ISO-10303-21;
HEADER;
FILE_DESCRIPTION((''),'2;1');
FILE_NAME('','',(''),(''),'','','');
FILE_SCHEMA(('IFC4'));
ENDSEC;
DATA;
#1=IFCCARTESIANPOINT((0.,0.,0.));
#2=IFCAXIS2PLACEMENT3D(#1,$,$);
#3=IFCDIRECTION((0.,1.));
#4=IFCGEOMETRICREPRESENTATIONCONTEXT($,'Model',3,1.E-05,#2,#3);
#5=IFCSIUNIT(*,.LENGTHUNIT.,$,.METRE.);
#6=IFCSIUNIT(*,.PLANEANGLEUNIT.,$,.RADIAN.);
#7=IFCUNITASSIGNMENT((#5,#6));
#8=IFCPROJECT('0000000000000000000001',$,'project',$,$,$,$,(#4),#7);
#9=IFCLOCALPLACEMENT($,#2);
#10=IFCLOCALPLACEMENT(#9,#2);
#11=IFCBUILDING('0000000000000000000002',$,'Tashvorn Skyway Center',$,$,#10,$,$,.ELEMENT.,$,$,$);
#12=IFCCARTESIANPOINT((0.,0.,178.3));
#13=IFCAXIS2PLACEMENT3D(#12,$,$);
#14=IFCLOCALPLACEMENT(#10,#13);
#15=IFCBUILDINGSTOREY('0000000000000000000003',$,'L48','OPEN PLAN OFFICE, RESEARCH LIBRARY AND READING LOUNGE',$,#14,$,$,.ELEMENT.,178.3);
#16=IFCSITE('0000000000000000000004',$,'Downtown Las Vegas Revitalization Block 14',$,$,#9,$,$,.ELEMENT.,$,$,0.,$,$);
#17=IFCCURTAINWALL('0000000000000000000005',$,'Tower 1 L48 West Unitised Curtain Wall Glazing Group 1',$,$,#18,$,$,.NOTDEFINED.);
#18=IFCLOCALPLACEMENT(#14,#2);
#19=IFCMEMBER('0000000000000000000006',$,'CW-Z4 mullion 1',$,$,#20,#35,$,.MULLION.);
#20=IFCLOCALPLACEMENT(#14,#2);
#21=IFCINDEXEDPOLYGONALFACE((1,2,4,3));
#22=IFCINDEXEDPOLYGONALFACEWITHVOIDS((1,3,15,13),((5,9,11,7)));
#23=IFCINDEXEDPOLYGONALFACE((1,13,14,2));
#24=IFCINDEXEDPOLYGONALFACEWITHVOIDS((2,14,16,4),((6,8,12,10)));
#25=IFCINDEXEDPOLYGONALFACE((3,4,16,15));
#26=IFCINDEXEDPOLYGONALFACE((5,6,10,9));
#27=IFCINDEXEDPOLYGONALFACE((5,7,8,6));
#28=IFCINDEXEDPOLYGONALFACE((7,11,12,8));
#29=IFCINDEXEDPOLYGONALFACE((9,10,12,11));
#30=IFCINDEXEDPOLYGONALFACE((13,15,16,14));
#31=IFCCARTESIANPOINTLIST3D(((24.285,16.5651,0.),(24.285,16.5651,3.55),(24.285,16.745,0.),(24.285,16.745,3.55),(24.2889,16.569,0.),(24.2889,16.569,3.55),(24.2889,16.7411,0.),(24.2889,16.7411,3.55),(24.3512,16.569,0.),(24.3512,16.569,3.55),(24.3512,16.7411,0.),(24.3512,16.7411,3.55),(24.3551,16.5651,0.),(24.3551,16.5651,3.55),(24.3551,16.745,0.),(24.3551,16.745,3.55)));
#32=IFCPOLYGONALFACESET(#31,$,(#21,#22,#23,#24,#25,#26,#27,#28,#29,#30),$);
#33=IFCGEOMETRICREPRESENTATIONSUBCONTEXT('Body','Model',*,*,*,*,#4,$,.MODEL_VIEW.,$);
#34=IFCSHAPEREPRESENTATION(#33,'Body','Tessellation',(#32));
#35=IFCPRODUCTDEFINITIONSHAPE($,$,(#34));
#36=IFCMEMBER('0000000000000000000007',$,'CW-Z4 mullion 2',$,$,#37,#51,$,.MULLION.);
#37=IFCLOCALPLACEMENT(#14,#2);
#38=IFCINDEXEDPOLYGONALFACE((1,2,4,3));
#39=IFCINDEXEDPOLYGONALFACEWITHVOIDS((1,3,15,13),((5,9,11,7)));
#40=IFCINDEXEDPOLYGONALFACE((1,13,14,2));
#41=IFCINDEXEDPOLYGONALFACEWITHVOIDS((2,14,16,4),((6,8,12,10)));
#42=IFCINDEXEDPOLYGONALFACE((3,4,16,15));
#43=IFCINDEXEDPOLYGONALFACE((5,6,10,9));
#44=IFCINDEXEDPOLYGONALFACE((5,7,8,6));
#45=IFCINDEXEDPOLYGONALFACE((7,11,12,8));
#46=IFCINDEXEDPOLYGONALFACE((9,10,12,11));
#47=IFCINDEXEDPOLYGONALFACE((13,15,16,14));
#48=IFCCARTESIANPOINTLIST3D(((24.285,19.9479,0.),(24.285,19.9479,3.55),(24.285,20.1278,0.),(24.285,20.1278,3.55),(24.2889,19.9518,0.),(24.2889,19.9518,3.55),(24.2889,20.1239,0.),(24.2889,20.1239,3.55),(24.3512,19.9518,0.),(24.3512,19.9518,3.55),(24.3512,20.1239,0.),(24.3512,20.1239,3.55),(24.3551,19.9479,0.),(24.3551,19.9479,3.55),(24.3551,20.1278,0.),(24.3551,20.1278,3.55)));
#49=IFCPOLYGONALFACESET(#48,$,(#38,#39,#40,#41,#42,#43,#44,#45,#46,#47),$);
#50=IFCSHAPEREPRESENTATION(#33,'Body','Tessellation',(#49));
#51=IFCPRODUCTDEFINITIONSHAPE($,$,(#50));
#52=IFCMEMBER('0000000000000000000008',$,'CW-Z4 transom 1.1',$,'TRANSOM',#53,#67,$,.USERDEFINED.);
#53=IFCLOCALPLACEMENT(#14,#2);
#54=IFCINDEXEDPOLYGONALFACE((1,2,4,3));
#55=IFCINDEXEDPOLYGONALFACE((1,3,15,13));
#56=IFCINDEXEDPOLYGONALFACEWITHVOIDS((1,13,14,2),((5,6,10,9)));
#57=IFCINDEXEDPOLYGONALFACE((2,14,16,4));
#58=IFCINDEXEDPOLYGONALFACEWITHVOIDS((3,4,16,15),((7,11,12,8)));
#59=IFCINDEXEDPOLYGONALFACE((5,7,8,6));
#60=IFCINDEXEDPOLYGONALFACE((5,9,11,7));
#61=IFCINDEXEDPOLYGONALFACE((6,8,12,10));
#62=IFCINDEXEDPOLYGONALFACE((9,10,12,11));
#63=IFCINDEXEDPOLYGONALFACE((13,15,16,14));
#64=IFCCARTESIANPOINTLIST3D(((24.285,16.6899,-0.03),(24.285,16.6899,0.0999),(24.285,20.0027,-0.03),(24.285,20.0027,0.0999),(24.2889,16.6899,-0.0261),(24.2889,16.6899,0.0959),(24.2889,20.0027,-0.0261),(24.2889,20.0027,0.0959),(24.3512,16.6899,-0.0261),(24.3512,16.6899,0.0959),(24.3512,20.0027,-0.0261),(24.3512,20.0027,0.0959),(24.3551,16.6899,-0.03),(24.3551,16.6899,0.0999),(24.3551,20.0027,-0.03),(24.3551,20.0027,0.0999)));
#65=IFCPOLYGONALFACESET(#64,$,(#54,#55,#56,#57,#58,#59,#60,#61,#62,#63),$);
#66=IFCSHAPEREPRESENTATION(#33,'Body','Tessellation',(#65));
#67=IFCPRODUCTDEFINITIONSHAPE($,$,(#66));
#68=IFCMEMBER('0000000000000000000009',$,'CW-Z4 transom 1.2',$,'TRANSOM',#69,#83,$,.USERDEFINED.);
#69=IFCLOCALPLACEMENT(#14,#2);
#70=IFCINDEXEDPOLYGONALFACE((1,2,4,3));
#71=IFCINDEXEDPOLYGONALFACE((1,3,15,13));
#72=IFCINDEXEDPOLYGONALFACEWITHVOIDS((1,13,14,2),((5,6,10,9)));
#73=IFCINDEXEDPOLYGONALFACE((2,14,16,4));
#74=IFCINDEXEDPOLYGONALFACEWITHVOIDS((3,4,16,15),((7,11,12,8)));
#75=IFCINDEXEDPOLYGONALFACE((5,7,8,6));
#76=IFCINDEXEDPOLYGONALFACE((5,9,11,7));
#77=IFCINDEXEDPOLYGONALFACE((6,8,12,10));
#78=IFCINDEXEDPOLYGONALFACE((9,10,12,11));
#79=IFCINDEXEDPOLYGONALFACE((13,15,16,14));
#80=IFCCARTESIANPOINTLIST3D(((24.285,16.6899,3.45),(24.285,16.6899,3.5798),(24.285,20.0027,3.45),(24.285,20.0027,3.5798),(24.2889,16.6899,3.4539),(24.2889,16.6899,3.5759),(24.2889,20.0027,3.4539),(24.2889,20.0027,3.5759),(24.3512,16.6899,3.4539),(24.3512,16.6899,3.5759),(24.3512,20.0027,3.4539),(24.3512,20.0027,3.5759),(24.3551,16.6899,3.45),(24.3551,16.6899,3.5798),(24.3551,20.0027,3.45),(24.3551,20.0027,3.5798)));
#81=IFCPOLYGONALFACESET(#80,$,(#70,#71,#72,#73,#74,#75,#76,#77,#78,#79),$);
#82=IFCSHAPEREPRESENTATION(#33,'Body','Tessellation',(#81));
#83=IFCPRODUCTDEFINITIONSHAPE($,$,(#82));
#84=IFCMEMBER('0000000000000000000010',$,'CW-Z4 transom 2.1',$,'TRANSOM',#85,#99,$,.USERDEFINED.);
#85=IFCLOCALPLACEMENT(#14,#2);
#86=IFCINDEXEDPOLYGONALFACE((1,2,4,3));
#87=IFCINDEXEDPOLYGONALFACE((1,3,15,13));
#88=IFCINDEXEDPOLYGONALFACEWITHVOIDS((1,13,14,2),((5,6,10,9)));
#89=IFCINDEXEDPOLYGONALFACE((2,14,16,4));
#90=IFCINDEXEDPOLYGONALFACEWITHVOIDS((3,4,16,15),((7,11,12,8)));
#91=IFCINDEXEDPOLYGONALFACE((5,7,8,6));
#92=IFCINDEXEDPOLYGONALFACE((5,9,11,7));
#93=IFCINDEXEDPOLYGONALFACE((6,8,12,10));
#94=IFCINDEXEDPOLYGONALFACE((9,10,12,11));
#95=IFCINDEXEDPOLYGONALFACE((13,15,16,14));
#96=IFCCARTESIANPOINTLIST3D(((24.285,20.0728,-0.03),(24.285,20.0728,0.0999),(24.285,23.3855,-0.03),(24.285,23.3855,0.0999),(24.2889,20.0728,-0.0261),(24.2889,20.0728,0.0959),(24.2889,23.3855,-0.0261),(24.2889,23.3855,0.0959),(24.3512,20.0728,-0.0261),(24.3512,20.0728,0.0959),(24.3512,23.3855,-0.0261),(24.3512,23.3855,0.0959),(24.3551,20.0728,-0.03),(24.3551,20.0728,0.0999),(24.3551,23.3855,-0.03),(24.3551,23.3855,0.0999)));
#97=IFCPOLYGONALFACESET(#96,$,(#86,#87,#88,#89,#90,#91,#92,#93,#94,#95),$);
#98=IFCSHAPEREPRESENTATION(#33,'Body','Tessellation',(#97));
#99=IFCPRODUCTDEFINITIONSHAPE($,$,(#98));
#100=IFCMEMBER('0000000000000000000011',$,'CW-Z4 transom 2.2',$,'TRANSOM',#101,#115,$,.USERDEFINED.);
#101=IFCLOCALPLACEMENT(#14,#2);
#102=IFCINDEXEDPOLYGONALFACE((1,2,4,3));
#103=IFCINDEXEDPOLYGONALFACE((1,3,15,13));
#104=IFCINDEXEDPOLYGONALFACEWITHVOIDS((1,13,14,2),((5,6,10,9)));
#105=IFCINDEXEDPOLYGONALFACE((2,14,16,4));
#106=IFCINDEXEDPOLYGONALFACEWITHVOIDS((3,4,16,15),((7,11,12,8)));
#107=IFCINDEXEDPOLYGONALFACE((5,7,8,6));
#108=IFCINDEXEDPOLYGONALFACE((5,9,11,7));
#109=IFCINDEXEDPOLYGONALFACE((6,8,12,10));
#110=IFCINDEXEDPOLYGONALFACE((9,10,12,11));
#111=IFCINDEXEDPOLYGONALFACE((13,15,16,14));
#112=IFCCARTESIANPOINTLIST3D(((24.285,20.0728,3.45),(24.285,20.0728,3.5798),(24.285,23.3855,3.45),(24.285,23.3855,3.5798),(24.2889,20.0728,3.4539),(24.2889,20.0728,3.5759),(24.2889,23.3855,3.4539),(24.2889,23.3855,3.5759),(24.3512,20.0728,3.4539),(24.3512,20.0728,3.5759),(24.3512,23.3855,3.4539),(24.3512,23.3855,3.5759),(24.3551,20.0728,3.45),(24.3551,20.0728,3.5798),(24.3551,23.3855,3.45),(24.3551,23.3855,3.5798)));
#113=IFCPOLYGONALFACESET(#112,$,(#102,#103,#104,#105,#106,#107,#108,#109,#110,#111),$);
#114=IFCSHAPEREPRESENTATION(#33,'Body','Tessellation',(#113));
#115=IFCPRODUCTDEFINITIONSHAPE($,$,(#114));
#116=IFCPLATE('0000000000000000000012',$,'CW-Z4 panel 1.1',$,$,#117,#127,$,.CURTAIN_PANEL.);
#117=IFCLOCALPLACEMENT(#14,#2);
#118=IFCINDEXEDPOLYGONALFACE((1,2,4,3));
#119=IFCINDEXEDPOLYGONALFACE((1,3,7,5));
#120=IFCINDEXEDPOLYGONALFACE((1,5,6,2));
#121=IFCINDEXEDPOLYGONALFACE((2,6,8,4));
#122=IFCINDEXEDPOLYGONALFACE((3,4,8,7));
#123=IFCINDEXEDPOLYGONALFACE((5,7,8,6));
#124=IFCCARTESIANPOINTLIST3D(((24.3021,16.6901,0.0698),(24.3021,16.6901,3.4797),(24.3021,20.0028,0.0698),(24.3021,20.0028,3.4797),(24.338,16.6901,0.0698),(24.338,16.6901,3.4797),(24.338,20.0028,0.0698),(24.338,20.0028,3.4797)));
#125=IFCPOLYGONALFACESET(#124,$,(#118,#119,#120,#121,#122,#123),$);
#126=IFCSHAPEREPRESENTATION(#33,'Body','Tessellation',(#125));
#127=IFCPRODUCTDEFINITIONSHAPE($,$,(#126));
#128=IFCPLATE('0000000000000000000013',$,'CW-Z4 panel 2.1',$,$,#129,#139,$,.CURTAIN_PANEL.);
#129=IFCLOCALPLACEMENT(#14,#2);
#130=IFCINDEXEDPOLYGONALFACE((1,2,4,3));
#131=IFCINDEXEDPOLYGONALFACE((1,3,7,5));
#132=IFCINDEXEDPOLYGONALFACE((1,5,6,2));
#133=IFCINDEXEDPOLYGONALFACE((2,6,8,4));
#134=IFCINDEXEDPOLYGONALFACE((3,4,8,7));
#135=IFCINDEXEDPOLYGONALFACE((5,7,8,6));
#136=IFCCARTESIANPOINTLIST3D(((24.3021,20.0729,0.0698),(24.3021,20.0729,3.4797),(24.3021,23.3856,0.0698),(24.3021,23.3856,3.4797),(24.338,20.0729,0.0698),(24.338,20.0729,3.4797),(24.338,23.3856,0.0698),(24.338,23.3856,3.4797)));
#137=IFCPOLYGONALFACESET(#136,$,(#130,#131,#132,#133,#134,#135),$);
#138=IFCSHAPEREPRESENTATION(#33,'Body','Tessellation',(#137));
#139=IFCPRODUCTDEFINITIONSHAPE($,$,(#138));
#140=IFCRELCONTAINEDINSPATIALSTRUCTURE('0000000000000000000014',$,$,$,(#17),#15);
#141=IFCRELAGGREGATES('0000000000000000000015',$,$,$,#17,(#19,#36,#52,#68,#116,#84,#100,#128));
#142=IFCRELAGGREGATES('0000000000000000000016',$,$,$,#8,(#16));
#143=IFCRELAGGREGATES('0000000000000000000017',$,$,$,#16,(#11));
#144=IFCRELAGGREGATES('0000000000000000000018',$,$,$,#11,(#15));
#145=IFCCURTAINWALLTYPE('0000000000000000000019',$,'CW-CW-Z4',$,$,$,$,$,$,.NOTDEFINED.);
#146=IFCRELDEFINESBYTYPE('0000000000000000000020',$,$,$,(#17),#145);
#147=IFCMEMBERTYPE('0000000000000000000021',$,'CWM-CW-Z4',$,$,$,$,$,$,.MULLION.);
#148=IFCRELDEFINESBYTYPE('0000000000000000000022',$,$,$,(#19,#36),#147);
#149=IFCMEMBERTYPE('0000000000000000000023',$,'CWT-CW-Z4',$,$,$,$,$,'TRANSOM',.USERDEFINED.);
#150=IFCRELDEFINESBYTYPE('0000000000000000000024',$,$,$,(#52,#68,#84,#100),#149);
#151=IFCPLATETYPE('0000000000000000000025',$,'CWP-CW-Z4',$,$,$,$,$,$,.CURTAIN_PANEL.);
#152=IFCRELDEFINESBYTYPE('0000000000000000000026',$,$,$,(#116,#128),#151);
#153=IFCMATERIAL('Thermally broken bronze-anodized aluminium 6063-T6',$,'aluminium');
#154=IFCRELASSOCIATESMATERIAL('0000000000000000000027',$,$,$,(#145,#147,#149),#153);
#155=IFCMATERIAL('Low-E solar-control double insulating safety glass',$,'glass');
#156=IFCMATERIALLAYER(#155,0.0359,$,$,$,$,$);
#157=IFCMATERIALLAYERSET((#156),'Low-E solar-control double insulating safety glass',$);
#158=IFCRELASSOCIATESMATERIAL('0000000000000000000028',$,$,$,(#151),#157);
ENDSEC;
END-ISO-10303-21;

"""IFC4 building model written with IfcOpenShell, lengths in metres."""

from ifc_helpers import new_model, si_unit, direction, frame, origin, origin_2d, place, context, subcontext, project, spatial, rectangle, hollow_rectangle, extrude, material, layer, layer_set, material_profile, profile_set, type_object, element, aggregate, save


model = new_model("IFC4")

# Units and contexts
model_context = context("Model", 3, precision=1e-05, world=origin(), true_north=direction((0.0, 1.0)))
body_context = subcontext(model_context, "Body", "Model", "MODEL_VIEW")
ifc_project = project(units=[si_unit("LENGTHUNIT", "METRE"), si_unit("PLANEANGLEUNIT", "RADIAN")], contexts=[model_context])

# Site, building, storey
site_placement = place(None, origin())
site = spatial("IfcSite", under=ifc_project, at=site_placement, Name="Downtown Las Vegas Revitalization Block 14", CompositionType="ELEMENT", RefElevation=0.0)
building_placement = place(site_placement, origin())
building = spatial("IfcBuilding", under=site, at=building_placement, Name="Tashvorn Skyway Center", CompositionType="ELEMENT")
storey_placement = place(building_placement, frame((0.0, 0.0, 178.3)))
storey = spatial("IfcBuildingStorey", under=building, at=storey_placement, Name="L48", Description="OPEN PLAN OFFICE, RESEARCH LIBRARY AND READING LOUNGE", CompositionType="ELEMENT", Elevation=178.3)

# Curtain wall, members, plates
ifc_material_1 = material(Name="Thermally broken bronze-anodized aluminium 6063-T6", Category="aluminium")
curtain_wall_type = type_object("IfcCurtainWallType", Name="CW-CW-Z4", PredefinedType="NOTDEFINED", material=ifc_material_1)
curtain_wall_placement = place(storey_placement, origin())
curtain_wall = element("IfcCurtainWall", 1, at=curtain_wall_placement, inside=storey, type_object=curtain_wall_type, Name="Tower 1 L48 West Unitised Curtain Wall Glazing Group 1", PredefinedType="NOTDEFINED")
ifc_material_profile_1 = material_profile(ifc_material_1, hollow_rectangle(XDim=0.0701, YDim=0.1799, WallThickness=0.0039, at=origin_2d()), Name="ALU-MULL-70x180")
ifc_profile_set_1 = profile_set([ifc_material_profile_1], Name="Thermally broken bronze-anodized aluminium 6063-T6")
member_type_1 = type_object("IfcMemberType", Name="CWM-CW-Z4", PredefinedType="MULLION", material=ifc_profile_set_1)
member_1_placement = place(storey_placement, frame((24.3201, 16.655, 0.0), z_axis=(0.0, 0.0, 1.0), x_axis=(-1.0, 0.0, 0.0)))
member_1 = element("IfcMember", 2, at=member_1_placement, type_object=member_type_1, Name="CW-Z4 mullion 1", PredefinedType="MULLION", context=body_context, shape_type="SweptSolid", body=[
    extrude(hollow_rectangle(XDim=0.0701, YDim=0.1799, WallThickness=0.0039, at=origin_2d()), origin(), (0.0, 0.0, 1.0), 3.55),
])
member_2_placement = place(storey_placement, frame((24.3201, 20.0378, 0.0), z_axis=(0.0, 0.0, 1.0), x_axis=(-1.0, 0.0, 0.0)))
member_2 = element("IfcMember", 3, at=member_2_placement, type_object=member_type_1, Name="CW-Z4 mullion 2", PredefinedType="MULLION", context=body_context, shape_type="SweptSolid", body=[
    extrude(hollow_rectangle(XDim=0.0701, YDim=0.1799, WallThickness=0.0039, at=origin_2d()), origin(), (0.0, 0.0, 1.0), 3.55),
])
ifc_material_profile_2 = material_profile(ifc_material_1, hollow_rectangle(XDim=0.0701, YDim=0.1299, WallThickness=0.0039, at=origin_2d()), Name="ALU-TRAN-70x130")
ifc_profile_set_2 = profile_set([ifc_material_profile_2], Name="Thermally broken bronze-anodized aluminium 6063-T6")
member_type_2 = type_object("IfcMemberType", Name="CWT-CW-Z4", ElementType="TRANSOM", PredefinedType="USERDEFINED", material=ifc_profile_set_2)
member_3_placement = place(storey_placement, frame((24.3201, 16.6899, 0.0349), z_axis=(0.0, 1.0, 0.0), x_axis=(-1.0, 0.0, 0.0)))
member_3 = element("IfcMember", 4, at=member_3_placement, type_object=member_type_2, Name="CW-Z4 transom 1.1", ObjectType="TRANSOM", PredefinedType="USERDEFINED", context=body_context, shape_type="SweptSolid", body=[
    extrude(hollow_rectangle(XDim=0.0701, YDim=0.1299, WallThickness=0.0039, at=origin_2d()), origin(), (0.0, 0.0, 1.0), 3.3127),
])
member_4_placement = place(storey_placement, frame((24.3201, 16.6899, 3.5149), z_axis=(0.0, 1.0, 0.0), x_axis=(-1.0, 0.0, 0.0)))
member_4 = element("IfcMember", 5, at=member_4_placement, type_object=member_type_2, Name="CW-Z4 transom 1.2", ObjectType="TRANSOM", PredefinedType="USERDEFINED", context=body_context, shape_type="SweptSolid", body=[
    extrude(hollow_rectangle(XDim=0.0701, YDim=0.1299, WallThickness=0.0039, at=origin_2d()), origin(), (0.0, 0.0, 1.0), 3.3127),
])
member_5_placement = place(storey_placement, frame((24.3201, 20.0728, 0.0349), z_axis=(0.0, 1.0, 0.0), x_axis=(-1.0, 0.0, 0.0)))
member_5 = element("IfcMember", 6, at=member_5_placement, type_object=member_type_2, Name="CW-Z4 transom 2.1", ObjectType="TRANSOM", PredefinedType="USERDEFINED", context=body_context, shape_type="SweptSolid", body=[
    extrude(hollow_rectangle(XDim=0.0701, YDim=0.1299, WallThickness=0.0039, at=origin_2d()), origin(), (0.0, 0.0, 1.0), 3.3127),
])
member_6_placement = place(storey_placement, frame((24.3201, 20.0728, 3.5149), z_axis=(0.0, 1.0, 0.0), x_axis=(-1.0, 0.0, 0.0)))
member_6 = element("IfcMember", 7, at=member_6_placement, type_object=member_type_2, Name="CW-Z4 transom 2.2", ObjectType="TRANSOM", PredefinedType="USERDEFINED", context=body_context, shape_type="SweptSolid", body=[
    extrude(hollow_rectangle(XDim=0.0701, YDim=0.1299, WallThickness=0.0039, at=origin_2d()), origin(), (0.0, 0.0, 1.0), 3.3127),
])
ifc_material_2 = material(Name="Low-E solar-control double insulating safety glass", Category="glass")
ifc_layer_1 = layer(ifc_material_2, 0.0359)
ifc_layer_set_1 = layer_set([ifc_layer_1], Name="Low-E solar-control double insulating safety glass")
plate_type = type_object("IfcPlateType", Name="CWP-CW-Z4", PredefinedType="CURTAIN_PANEL", material=ifc_layer_set_1)
plate_1_placement = place(storey_placement, frame((24.3201, 18.3464, 0.0698), z_axis=(0.0, 0.0, 1.0), x_axis=(0.0, 1.0, 0.0)))
plate_1 = element("IfcPlate", 8, at=plate_1_placement, type_object=plate_type, Name="CW-Z4 panel 1.1", PredefinedType="CURTAIN_PANEL", context=body_context, shape_type="SweptSolid", body=[
    extrude(rectangle(XDim=3.3127, YDim=0.0359, at=origin_2d()), origin(), (0.0, 0.0, 1.0), 3.4099),
])
plate_2_placement = place(storey_placement, frame((24.3201, 21.7292, 0.0698), z_axis=(0.0, 0.0, 1.0), x_axis=(0.0, 1.0, 0.0)))
plate_2 = element("IfcPlate", 9, at=plate_2_placement, type_object=plate_type, Name="CW-Z4 panel 2.1", PredefinedType="CURTAIN_PANEL", context=body_context, shape_type="SweptSolid", body=[
    extrude(rectangle(XDim=3.3127, YDim=0.0359, at=origin_2d()), origin(), (0.0, 0.0, 1.0), 3.4099),
])
aggregate(curtain_wall, [member_1, member_2, member_3, member_4, plate_1, member_5, member_6, plate_2])

save(model, "model.ifc")
